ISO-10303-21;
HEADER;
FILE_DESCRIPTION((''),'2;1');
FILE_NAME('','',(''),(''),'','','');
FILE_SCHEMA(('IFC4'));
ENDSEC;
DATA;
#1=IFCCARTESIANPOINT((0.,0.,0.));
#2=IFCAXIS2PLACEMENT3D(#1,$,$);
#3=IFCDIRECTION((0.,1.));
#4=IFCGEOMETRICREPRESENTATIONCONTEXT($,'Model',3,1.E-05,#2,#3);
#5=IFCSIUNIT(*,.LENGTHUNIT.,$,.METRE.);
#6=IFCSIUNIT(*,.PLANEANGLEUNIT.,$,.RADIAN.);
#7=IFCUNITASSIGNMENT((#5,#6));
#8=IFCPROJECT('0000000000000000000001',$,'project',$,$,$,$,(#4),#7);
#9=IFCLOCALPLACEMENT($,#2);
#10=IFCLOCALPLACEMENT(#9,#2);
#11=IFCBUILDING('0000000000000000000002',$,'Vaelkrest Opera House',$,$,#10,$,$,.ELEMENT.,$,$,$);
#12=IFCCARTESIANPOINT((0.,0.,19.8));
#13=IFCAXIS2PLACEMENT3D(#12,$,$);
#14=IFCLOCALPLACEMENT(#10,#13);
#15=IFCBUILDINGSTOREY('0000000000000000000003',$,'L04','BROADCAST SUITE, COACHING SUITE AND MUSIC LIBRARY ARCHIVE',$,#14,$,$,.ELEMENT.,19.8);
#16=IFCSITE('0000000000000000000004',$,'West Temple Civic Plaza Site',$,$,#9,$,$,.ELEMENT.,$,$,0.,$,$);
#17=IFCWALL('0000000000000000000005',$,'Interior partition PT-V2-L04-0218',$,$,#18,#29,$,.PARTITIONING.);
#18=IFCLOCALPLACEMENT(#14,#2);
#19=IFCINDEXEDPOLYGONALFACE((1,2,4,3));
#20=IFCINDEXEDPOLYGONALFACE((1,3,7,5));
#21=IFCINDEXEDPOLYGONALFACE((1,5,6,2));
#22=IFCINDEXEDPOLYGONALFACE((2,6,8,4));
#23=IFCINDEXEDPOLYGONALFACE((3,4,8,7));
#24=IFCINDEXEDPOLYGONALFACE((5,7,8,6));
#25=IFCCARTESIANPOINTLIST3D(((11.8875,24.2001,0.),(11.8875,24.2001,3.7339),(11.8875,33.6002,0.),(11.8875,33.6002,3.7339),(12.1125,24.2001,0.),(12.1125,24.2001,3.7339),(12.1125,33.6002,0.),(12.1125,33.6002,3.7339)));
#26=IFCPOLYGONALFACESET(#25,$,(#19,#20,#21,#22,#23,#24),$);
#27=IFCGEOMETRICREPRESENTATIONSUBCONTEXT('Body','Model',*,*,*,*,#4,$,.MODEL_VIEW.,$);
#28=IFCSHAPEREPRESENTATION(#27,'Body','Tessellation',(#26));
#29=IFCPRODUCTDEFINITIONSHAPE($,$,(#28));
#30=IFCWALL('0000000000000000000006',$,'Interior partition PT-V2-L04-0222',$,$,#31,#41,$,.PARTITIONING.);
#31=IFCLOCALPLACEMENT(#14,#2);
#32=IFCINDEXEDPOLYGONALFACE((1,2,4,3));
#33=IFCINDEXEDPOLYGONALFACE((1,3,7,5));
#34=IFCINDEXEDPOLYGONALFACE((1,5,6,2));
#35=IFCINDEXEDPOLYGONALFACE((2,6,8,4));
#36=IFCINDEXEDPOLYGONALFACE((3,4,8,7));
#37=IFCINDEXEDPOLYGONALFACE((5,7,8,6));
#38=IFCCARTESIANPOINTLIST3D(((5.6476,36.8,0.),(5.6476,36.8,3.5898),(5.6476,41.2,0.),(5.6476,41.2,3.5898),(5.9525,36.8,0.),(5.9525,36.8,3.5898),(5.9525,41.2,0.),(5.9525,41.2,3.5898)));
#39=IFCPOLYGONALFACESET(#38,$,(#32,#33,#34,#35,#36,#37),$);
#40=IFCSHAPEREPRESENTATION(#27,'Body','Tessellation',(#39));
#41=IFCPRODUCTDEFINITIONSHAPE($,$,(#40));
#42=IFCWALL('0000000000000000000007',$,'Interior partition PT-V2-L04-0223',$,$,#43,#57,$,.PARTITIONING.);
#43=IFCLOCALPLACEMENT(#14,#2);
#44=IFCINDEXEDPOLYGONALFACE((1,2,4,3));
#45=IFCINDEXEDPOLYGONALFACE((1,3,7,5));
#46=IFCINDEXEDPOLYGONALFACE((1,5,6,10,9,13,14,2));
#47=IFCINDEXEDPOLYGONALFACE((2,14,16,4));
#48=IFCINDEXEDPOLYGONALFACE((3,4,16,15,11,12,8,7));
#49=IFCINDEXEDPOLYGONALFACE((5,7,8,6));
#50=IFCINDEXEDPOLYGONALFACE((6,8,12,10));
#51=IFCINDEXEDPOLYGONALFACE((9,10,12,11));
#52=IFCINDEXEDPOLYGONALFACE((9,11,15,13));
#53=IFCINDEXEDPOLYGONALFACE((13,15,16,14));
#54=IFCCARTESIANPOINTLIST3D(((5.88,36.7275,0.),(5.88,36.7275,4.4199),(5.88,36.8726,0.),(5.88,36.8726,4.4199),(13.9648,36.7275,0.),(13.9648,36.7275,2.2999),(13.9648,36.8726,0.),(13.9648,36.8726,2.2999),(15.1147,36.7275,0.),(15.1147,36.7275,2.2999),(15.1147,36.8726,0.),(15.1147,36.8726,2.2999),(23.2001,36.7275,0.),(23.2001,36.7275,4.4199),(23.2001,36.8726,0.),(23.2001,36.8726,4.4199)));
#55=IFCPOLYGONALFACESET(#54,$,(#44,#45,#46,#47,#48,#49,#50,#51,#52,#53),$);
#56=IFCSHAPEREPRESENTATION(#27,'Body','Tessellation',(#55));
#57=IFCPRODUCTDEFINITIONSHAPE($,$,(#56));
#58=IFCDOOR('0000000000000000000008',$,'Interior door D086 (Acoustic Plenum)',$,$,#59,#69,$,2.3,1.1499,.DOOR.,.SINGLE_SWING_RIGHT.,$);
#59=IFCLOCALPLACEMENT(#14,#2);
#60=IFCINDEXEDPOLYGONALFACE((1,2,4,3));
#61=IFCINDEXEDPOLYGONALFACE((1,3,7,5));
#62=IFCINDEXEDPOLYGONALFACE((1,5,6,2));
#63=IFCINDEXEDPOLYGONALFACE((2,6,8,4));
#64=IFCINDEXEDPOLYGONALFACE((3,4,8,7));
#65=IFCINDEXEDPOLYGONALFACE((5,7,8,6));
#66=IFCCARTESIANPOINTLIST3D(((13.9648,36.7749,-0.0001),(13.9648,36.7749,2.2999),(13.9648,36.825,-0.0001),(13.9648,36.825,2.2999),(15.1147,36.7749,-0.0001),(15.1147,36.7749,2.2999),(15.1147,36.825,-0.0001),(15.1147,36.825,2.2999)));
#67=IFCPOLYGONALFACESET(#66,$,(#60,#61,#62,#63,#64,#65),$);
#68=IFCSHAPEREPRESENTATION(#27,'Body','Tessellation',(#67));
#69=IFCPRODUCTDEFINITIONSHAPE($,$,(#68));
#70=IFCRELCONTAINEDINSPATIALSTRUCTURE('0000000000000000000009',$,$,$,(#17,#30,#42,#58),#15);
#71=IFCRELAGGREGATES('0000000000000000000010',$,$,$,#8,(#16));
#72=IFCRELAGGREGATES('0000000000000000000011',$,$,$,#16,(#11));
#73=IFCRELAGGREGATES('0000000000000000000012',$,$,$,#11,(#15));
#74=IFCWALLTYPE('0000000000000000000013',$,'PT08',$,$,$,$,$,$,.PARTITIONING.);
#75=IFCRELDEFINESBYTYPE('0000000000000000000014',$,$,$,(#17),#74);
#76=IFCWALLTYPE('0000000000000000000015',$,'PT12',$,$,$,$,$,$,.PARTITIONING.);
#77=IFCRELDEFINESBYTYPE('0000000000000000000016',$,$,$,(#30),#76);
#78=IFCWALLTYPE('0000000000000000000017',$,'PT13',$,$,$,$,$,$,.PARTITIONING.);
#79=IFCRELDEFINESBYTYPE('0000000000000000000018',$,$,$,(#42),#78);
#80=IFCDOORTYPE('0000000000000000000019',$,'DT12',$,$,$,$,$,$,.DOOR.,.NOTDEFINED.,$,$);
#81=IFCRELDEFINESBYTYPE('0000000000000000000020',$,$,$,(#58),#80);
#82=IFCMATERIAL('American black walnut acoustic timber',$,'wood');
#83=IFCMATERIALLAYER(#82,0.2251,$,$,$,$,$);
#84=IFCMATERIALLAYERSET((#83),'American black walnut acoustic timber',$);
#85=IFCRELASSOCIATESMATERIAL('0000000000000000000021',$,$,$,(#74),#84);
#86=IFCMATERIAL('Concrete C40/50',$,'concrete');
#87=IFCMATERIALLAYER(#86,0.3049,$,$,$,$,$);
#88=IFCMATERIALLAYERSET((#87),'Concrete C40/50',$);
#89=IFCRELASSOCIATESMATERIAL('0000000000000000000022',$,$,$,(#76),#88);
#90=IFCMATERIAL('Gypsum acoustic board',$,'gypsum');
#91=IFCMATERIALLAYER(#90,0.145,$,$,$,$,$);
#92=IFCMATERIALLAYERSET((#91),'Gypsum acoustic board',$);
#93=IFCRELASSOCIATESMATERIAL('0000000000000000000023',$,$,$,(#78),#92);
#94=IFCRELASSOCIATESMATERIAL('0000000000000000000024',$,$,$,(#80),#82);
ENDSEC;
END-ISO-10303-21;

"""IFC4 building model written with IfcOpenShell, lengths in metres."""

from ifc_helpers import new_model, si_unit, direction, frame, frame_2d, origin, place, context, subcontext, project, spatial, rectangle, extrude, material, layer, layer_set, type_object, element, fill, save


model = new_model("IFC4")

# Units and contexts
model_context = context("Model", 3, precision=1e-05, world=origin(), true_north=direction((0.0, 1.0)))
body_context = subcontext(model_context, "Body", "Model", "MODEL_VIEW")
ifc_project = project(units=[si_unit("LENGTHUNIT", "METRE"), si_unit("PLANEANGLEUNIT", "RADIAN")], contexts=[model_context])

# Site, building, storey
site_placement = place(None, origin())
site = spatial("IfcSite", under=ifc_project, at=site_placement, Name="West Temple Civic Plaza Site", CompositionType="ELEMENT", RefElevation=0.0)
building_placement = place(site_placement, origin())
building = spatial("IfcBuilding", under=site, at=building_placement, Name="Vaelkrest Opera House", CompositionType="ELEMENT")
storey_placement = place(building_placement, frame((0.0, 0.0, 19.8)))
storey = spatial("IfcBuildingStorey", under=building, at=storey_placement, Name="L04", Description="BROADCAST SUITE, COACHING SUITE AND MUSIC LIBRARY ARCHIVE", CompositionType="ELEMENT", Elevation=19.8)

# Walls
ifc_material_1 = material(Name="Concrete C40/50", Category="concrete")
ifc_material_2 = material(Name="Gypsum acoustic board", Category="gypsum")
ifc_material_3 = material(Name="American black walnut acoustic timber", Category="wood")
ifc_layer_1 = layer(ifc_material_3, 0.2251)
ifc_layer_set_1 = layer_set([ifc_layer_1], Name="American black walnut acoustic timber")
wall_type_1 = type_object("IfcWallType", Name="PT08", PredefinedType="PARTITIONING", material=ifc_layer_set_1)
wall_1_placement = place(storey_placement, frame((12.0, 24.2, 0.0), z_axis=(0.0, 0.0, 1.0), x_axis=(0.0, 1.0, 0.0)))
element("IfcWall", 1, at=wall_1_placement, inside=storey, type_object=wall_type_1, Name="Interior partition PT-V2-L04-0218", PredefinedType="PARTITIONING", context=body_context, shape_type="SweptSolid", body=[
    extrude(rectangle(XDim=9.4001, YDim=0.2251, at=frame_2d((4.7002, 0.0))), origin(), (0.0, 0.0, 1.0), 3.7339),
])
ifc_layer_2 = layer(ifc_material_1, 0.3049)
ifc_layer_set_2 = layer_set([ifc_layer_2], Name="Concrete C40/50")
wall_type_2 = type_object("IfcWallType", Name="PT12", PredefinedType="PARTITIONING", material=ifc_layer_set_2)
wall_2_placement = place(storey_placement, frame((5.8, 36.8, 0.0), z_axis=(0.0, 0.0, 1.0), x_axis=(0.0, 1.0, 0.0)))
element("IfcWall", 2, at=wall_2_placement, inside=storey, type_object=wall_type_2, Name="Interior partition PT-V2-L04-0222", PredefinedType="PARTITIONING", context=body_context, shape_type="SweptSolid", body=[
    extrude(rectangle(XDim=4.3999, YDim=0.3049, at=frame_2d((2.2, 0.0))), origin(), (0.0, 0.0, 1.0), 3.5898),
])

# Wall, opening, door
ifc_layer_3 = layer(ifc_material_2, 0.145)
ifc_layer_set_3 = layer_set([ifc_layer_3], Name="Gypsum acoustic board")
wall_type_3 = type_object("IfcWallType", Name="PT13", PredefinedType="PARTITIONING", material=ifc_layer_set_3)
wall_3_placement = place(storey_placement, frame((5.8799, 36.8, 0.0), z_axis=(0.0, 0.0, 1.0), x_axis=(1.0, 0.0, 0.0)))
wall_3 = element("IfcWall", 3, at=wall_3_placement, inside=storey, type_object=wall_type_3, Name="Interior partition PT-V2-L04-0223", PredefinedType="PARTITIONING", context=body_context, shape_type="SweptSolid", body=[
    extrude(rectangle(XDim=17.3201, YDim=0.145, at=frame_2d((8.6602, 0.0))), origin(), (0.0, 0.0, 1.0), 4.4199),
])
opening_placement = place(wall_3_placement, frame((8.085, 0.0, 0.0)))
opening = element("IfcOpeningElement", 4, at=opening_placement, cuts=wall_3, PredefinedType="OPENING", context=body_context, shape_type="SweptSolid", body=[
    extrude(rectangle(XDim=1.1499, YDim=2.3, at=frame_2d((0.575, 1.1499))), frame((0.0, 0.0825, 0.0), z_axis=(0.0, -1.0, 0.0), x_axis=(1.0, 0.0, 0.0)), (0.0, 0.0, 1.0), 0.165),
])
door_type = type_object("IfcDoorType", Name="DT12", OperationType="NOTDEFINED", PredefinedType="DOOR", material=ifc_material_3)
door_placement = place(opening_placement, origin())
door = element("IfcDoor", 5, at=door_placement, inside=storey, type_object=door_type, Name="Interior door D086 (Acoustic Plenum)", OperationType="SINGLE_SWING_RIGHT", OverallHeight=2.3, OverallWidth=1.1499, PredefinedType="DOOR", context=body_context, shape_type="SweptSolid", body=[
    extrude(rectangle(XDim=1.1499, YDim=2.3, at=frame_2d((0.575, 1.1499))), frame((0.0, 0.0249, 0.0), z_axis=(0.0, -1.0, 0.0), x_axis=(1.0, 0.0, 0.0)), (0.0, 0.0, 1.0), 0.05),
])
fill(opening, door)

save(model, "model.ifc")
